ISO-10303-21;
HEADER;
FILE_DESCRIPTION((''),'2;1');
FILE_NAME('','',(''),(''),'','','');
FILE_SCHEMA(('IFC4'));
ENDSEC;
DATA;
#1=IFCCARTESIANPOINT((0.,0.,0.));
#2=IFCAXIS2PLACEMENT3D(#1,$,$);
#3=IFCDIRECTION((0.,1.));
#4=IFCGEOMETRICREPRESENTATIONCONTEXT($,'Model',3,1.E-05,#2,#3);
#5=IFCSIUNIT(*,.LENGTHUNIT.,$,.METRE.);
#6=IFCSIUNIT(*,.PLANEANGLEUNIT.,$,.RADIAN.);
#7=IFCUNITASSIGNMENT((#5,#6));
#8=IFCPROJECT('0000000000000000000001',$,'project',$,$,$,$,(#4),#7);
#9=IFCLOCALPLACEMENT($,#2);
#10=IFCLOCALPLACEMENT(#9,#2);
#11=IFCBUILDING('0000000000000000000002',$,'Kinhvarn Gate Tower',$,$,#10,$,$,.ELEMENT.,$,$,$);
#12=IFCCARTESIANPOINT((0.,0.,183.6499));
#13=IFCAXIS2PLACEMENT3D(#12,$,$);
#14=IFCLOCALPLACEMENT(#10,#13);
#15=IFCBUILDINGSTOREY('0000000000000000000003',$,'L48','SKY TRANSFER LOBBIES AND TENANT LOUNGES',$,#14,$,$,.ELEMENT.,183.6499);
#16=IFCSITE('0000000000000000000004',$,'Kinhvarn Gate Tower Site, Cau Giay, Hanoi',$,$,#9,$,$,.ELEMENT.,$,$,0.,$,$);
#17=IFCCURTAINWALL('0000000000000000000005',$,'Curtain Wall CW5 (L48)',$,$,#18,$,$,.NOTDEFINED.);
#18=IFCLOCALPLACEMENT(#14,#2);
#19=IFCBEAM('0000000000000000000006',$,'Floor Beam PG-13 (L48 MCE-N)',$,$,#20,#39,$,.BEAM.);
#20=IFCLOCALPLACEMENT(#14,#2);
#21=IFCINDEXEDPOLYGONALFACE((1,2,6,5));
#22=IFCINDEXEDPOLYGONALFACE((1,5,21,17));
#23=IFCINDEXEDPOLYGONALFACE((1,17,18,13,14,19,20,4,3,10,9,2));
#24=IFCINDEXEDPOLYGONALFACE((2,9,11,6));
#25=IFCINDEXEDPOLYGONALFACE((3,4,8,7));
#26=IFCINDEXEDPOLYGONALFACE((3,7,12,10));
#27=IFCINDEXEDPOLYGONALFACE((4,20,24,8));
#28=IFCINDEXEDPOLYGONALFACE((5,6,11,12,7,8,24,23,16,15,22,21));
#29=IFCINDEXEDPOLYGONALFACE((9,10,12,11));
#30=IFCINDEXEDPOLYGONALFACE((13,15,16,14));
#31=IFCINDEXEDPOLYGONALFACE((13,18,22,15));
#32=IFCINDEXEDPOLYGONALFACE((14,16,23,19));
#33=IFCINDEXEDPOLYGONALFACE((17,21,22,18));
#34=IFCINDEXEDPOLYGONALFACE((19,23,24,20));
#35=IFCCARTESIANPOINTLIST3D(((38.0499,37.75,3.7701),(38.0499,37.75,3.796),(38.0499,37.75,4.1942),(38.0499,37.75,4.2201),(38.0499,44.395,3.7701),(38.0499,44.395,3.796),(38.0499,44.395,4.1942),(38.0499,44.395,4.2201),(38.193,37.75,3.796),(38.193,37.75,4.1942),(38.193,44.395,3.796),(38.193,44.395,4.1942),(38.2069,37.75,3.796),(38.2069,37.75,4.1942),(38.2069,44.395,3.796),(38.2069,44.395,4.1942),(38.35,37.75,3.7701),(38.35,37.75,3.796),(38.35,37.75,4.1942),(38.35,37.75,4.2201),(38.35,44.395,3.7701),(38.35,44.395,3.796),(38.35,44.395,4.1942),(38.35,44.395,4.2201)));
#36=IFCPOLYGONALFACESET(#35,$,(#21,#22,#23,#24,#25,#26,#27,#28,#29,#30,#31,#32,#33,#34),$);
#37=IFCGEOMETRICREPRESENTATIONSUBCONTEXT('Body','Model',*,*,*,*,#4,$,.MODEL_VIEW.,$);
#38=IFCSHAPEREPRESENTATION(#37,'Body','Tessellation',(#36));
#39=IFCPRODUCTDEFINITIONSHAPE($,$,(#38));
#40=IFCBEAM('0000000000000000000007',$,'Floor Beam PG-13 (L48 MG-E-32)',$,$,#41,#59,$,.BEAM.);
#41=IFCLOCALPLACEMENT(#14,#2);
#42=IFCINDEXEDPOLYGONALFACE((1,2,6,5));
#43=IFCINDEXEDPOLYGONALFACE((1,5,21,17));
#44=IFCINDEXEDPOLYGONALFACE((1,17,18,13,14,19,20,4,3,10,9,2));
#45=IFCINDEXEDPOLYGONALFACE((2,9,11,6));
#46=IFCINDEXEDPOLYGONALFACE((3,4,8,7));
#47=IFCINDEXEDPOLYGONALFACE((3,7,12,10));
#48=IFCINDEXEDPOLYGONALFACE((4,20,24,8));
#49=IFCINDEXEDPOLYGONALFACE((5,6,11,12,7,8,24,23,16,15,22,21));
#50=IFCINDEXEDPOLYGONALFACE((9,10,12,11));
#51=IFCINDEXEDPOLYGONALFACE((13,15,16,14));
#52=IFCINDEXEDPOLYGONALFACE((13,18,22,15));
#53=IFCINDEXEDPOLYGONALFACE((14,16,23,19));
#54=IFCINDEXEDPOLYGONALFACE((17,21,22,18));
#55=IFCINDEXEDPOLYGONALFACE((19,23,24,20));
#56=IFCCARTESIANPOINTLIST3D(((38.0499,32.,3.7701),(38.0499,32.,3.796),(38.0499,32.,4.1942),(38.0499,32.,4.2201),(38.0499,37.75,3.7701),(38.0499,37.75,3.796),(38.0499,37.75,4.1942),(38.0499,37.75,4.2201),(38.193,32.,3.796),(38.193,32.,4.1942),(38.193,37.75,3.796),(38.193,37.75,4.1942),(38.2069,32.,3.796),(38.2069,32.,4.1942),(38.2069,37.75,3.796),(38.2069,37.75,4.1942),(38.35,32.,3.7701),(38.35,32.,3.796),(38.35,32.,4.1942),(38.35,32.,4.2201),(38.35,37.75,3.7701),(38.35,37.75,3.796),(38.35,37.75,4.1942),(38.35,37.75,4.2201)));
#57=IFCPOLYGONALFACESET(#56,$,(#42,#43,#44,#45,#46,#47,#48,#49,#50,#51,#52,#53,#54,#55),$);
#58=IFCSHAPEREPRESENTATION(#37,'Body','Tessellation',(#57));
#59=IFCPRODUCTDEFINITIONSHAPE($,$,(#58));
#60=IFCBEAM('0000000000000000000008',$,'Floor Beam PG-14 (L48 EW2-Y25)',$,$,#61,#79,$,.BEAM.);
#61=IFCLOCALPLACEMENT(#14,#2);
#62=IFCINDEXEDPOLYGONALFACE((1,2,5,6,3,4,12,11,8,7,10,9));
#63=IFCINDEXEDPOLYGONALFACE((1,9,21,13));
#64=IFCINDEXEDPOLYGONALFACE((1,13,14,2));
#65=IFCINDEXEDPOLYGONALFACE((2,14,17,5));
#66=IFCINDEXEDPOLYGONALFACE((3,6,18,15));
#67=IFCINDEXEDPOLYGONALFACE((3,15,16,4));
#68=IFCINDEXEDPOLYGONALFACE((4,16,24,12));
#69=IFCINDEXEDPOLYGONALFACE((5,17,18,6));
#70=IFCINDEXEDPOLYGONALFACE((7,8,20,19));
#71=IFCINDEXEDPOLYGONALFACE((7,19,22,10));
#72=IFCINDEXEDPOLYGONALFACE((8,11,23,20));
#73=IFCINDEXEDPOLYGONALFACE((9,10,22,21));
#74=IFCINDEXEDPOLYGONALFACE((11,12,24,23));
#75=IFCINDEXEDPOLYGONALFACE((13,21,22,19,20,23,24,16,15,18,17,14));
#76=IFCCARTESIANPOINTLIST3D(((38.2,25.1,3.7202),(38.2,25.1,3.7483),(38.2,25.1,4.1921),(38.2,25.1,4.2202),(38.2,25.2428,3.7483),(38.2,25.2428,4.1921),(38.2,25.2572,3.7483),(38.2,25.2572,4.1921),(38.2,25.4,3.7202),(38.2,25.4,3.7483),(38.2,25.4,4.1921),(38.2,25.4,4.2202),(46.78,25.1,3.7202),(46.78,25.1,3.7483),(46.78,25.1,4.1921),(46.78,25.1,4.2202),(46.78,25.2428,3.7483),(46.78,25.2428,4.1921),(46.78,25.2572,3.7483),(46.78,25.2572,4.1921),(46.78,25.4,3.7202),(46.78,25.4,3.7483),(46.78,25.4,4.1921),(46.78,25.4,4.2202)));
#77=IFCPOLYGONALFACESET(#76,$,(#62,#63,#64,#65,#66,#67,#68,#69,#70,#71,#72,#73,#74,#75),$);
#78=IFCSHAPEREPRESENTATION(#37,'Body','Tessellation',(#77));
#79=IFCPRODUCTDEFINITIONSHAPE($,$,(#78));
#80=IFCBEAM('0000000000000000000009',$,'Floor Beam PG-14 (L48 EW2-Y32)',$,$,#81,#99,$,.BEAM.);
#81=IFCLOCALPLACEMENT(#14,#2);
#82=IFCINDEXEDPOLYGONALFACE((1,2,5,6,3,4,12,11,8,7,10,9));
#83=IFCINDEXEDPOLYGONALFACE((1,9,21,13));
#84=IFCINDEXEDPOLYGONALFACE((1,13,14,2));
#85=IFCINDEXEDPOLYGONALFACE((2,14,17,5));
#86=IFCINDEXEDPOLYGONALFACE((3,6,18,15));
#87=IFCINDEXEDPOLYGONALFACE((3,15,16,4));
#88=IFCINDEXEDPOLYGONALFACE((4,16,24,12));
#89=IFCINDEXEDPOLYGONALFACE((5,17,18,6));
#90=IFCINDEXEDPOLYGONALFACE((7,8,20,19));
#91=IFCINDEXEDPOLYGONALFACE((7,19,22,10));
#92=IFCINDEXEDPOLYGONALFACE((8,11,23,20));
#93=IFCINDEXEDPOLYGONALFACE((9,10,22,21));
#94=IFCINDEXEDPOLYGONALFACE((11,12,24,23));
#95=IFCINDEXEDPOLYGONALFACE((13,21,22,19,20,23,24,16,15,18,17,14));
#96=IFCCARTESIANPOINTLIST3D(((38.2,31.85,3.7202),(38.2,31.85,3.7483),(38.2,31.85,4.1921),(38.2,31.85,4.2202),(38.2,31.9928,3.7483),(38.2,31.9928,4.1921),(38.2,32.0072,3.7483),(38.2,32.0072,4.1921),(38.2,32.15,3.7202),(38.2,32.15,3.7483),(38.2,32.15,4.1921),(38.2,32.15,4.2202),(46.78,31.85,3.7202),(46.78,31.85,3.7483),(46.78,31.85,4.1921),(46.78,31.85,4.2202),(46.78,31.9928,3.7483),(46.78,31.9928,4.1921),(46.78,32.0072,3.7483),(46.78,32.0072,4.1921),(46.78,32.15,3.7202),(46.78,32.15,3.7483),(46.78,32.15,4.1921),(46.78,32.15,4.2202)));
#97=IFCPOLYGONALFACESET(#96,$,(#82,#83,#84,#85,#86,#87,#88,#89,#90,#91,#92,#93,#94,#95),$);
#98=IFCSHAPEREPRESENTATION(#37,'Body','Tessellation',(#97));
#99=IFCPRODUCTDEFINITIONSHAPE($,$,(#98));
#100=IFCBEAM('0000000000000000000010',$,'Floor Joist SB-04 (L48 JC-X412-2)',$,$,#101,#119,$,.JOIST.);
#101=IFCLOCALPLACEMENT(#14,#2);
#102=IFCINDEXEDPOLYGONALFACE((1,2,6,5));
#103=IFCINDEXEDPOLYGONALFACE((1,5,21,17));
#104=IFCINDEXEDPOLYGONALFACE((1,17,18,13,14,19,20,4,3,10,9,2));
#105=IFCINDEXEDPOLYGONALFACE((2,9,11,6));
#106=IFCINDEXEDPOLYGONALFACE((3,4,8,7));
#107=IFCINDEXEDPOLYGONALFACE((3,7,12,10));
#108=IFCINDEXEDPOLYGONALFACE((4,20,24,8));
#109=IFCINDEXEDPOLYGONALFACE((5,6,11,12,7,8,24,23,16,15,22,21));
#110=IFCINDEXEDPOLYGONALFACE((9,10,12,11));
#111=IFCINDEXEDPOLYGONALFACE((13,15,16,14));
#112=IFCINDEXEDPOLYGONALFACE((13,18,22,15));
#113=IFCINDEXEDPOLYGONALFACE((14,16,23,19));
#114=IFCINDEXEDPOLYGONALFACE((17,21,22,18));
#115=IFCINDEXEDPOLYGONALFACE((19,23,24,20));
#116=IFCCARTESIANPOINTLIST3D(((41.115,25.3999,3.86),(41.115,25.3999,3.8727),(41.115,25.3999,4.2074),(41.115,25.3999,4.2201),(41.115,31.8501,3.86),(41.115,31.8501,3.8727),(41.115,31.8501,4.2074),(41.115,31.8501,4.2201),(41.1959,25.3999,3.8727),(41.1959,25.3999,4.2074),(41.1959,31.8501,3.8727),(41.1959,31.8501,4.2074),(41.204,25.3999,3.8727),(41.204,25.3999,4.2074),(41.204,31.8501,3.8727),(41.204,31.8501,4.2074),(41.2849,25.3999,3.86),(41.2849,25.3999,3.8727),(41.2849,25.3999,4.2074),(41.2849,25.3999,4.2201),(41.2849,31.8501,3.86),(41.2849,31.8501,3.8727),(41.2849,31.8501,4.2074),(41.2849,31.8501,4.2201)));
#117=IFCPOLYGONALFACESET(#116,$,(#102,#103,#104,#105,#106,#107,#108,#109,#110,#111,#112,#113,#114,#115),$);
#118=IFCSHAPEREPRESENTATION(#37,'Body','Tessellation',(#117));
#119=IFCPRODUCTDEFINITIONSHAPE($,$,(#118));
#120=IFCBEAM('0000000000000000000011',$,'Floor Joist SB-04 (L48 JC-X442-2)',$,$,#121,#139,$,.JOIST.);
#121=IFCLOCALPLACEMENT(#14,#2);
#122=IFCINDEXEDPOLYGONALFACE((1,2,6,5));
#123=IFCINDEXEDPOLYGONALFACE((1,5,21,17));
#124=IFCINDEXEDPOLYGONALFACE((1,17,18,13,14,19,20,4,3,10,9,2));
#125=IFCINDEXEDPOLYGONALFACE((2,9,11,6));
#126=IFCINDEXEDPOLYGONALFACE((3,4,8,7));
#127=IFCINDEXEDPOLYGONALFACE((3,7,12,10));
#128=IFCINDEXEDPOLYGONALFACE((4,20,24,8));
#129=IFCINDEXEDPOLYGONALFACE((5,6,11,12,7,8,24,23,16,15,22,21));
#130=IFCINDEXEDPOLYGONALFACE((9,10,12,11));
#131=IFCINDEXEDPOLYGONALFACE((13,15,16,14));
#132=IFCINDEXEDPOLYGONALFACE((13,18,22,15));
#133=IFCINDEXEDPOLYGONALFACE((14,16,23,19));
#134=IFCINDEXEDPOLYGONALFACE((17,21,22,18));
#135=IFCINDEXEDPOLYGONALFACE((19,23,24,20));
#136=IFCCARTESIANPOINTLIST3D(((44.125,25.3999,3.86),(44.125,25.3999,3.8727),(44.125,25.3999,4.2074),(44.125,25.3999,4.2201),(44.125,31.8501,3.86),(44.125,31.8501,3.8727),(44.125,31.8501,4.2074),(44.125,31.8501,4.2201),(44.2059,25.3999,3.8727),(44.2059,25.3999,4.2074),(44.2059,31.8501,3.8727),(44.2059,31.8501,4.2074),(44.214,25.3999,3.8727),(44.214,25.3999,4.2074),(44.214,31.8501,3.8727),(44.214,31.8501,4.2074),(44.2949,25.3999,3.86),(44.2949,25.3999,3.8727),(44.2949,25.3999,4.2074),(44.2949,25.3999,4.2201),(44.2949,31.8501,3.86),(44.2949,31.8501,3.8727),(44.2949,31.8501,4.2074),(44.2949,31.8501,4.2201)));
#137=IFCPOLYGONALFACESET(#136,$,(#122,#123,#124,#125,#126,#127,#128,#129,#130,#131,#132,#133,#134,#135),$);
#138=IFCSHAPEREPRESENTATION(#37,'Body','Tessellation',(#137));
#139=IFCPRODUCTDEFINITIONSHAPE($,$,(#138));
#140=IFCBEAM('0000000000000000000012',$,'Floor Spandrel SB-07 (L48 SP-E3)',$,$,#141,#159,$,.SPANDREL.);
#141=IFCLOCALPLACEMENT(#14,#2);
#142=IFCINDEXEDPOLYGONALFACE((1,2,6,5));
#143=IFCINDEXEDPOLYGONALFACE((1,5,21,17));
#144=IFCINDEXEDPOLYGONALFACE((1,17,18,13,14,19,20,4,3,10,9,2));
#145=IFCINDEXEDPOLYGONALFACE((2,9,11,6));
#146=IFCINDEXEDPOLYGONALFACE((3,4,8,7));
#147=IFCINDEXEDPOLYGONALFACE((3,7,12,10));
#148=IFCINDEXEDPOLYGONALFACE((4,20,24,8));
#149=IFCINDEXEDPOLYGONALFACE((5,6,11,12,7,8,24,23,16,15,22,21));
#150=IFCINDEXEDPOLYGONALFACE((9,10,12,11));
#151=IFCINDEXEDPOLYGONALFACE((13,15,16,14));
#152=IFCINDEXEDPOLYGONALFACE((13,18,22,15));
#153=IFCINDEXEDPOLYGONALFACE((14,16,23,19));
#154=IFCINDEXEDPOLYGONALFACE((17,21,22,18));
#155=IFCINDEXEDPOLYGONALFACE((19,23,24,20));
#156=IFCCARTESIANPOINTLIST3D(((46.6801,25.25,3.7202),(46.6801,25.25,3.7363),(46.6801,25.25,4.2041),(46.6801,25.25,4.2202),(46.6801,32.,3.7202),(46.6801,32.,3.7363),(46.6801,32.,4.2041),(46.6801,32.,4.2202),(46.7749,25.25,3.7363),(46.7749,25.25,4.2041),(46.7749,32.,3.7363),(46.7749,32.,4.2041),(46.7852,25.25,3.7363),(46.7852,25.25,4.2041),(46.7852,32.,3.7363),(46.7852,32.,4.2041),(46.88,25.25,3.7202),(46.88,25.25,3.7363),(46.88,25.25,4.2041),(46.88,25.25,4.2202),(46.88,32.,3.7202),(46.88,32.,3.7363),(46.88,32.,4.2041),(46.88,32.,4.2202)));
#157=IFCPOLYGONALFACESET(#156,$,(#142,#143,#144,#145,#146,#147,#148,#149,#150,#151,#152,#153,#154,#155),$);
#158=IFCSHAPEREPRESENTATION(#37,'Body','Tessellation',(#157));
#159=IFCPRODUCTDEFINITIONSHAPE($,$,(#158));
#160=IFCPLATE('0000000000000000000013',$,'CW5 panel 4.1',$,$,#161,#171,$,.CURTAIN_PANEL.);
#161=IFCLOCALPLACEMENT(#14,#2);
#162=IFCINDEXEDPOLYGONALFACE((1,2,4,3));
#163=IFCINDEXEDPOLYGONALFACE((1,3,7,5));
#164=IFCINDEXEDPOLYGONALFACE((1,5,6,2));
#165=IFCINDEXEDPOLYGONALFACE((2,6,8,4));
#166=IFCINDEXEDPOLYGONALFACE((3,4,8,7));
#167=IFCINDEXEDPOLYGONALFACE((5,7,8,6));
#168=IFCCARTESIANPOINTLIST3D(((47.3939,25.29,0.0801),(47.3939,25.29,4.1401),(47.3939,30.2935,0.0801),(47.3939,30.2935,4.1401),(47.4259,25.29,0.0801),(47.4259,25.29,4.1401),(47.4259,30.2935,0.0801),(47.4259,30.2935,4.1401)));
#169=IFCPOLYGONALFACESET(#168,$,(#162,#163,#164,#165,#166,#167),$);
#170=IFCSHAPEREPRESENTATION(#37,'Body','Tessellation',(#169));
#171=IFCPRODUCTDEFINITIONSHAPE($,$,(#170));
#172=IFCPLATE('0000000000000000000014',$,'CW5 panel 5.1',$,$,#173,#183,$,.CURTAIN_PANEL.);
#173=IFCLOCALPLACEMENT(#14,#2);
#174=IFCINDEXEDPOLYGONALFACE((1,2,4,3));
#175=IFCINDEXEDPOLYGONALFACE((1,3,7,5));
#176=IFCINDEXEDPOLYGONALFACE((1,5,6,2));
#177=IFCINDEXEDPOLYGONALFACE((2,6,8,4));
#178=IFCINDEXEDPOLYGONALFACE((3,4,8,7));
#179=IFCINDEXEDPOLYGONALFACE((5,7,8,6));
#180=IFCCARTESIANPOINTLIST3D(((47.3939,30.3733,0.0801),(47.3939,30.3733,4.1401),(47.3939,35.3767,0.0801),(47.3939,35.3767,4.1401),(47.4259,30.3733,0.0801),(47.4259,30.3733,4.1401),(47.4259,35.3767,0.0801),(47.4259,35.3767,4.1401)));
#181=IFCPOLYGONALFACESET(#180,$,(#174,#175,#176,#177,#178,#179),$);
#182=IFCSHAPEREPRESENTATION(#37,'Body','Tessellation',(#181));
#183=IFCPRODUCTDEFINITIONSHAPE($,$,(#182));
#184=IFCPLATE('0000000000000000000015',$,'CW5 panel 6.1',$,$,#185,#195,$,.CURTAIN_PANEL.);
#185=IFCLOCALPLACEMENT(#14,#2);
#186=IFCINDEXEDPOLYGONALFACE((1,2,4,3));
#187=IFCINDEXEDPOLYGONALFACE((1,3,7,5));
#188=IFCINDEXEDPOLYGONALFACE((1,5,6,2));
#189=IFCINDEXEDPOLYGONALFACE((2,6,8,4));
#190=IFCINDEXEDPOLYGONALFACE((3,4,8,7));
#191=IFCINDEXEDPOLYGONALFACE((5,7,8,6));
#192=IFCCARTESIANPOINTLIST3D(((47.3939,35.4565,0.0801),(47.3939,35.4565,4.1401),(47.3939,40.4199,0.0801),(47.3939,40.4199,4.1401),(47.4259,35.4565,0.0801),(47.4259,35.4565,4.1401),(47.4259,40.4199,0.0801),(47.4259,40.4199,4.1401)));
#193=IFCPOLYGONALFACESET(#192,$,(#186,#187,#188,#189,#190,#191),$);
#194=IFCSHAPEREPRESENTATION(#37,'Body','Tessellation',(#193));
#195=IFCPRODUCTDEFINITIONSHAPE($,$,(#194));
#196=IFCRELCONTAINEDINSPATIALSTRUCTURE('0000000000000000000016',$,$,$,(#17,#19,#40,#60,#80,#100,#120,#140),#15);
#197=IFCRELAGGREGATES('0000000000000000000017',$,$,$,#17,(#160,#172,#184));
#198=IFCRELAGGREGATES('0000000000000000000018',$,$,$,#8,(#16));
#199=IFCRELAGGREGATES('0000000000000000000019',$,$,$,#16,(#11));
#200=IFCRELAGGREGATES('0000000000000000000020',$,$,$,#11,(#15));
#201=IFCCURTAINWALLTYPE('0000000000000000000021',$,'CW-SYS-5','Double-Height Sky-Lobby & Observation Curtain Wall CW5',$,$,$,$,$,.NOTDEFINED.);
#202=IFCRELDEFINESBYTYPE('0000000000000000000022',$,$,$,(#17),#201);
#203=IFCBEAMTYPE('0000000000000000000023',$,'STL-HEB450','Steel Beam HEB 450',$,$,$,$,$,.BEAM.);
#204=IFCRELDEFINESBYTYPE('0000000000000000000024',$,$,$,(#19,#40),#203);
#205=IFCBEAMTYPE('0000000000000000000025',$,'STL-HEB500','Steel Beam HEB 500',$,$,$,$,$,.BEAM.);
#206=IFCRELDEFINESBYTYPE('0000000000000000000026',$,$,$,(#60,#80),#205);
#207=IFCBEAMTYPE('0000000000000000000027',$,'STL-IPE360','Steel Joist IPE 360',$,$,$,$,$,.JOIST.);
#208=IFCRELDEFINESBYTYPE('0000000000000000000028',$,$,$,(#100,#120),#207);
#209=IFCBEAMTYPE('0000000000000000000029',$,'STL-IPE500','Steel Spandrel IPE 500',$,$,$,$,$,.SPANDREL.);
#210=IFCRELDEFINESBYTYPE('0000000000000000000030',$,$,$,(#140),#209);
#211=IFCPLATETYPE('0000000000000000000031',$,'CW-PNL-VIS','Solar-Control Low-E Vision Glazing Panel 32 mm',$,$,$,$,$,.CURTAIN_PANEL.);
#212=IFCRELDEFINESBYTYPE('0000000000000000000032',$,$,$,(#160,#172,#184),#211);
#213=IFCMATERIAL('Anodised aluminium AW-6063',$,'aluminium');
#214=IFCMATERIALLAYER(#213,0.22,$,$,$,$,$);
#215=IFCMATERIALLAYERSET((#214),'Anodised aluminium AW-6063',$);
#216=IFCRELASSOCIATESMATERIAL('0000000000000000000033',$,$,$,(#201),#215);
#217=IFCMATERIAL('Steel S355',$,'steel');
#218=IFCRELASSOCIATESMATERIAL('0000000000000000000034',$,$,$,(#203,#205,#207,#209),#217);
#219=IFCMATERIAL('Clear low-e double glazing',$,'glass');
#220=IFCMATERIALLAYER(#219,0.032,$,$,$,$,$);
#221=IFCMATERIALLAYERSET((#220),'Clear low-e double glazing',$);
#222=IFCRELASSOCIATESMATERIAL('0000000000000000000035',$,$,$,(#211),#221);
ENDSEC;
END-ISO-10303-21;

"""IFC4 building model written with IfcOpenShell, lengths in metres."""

from ifc_helpers import new_model, si_unit, direction, frame, origin, origin_2d, place, context, subcontext, project, spatial, rectangle, i_section, extrude, material, layer, layer_set, material_profile, profile_set, type_object, element, aggregate, save


model = new_model("IFC4")

# Units and contexts
model_context = context("Model", 3, precision=1e-05, world=origin(), true_north=direction((0.0, 1.0)))
body_context = subcontext(model_context, "Body", "Model", "MODEL_VIEW")
ifc_project = project(units=[si_unit("LENGTHUNIT", "METRE"), si_unit("PLANEANGLEUNIT", "RADIAN")], contexts=[model_context])

# Site, building, storey
site_placement = place(None, origin())
site = spatial("IfcSite", under=ifc_project, at=site_placement, Name="Kinhvarn Gate Tower Site, Cau Giay, Hanoi", CompositionType="ELEMENT", RefElevation=0.0)
building_placement = place(site_placement, origin())
building = spatial("IfcBuilding", under=site, at=building_placement, Name="Kinhvarn Gate Tower", CompositionType="ELEMENT")
storey_placement = place(building_placement, frame((0.0, 0.0, 183.6499)))
storey = spatial("IfcBuildingStorey", under=building, at=storey_placement, Name="L48", Description="SKY TRANSFER LOBBIES AND TENANT LOUNGES", CompositionType="ELEMENT", Elevation=183.6499)

# Curtain wall
ifc_material_1 = material(Name="Anodised aluminium AW-6063", Category="aluminium")
ifc_layer_1 = layer(ifc_material_1, 0.22)
ifc_layer_set_1 = layer_set([ifc_layer_1], Name="Anodised aluminium AW-6063")
curtain_wall_type = type_object("IfcCurtainWallType", Name="CW-SYS-5", Description="Double-Height Sky-Lobby & Observation Curtain Wall CW5", PredefinedType="NOTDEFINED", material=ifc_layer_set_1)
curtain_wall_placement = place(storey_placement, origin())
curtain_wall = element("IfcCurtainWall", 1, at=curtain_wall_placement, inside=storey, type_object=curtain_wall_type, Name="Curtain Wall CW5 (L48)", PredefinedType="NOTDEFINED")

# Beams
ifc_material_2 = material(Name="Steel S355", Category="steel")
ifc_material_profile_1 = material_profile(ifc_material_2, i_section(OverallWidth=0.3, OverallDepth=0.45, WebThickness=0.0139, FlangeThickness=0.0259, at=origin_2d()), Name="HEB 450")
ifc_profile_set_1 = profile_set([ifc_material_profile_1], Name="Steel S355")
beam_type_1 = type_object("IfcBeamType", Name="STL-HEB450", Description="Steel Beam HEB 450", PredefinedType="BEAM", material=ifc_profile_set_1)
beam_1_placement = place(storey_placement, frame((38.2, 37.75, 3.9951), z_axis=(0.0, 1.0, 0.0), x_axis=(-1.0, 0.0, 0.0)))
element("IfcBeam", 2, at=beam_1_placement, inside=storey, type_object=beam_type_1, Name="Floor Beam PG-13 (L48 MCE-N)", PredefinedType="BEAM", context=body_context, shape_type="SweptSolid", body=[
    extrude(i_section(OverallWidth=0.3, OverallDepth=0.45, WebThickness=0.0139, FlangeThickness=0.0259, at=origin_2d()), origin(), (0.0, 0.0, 1.0), 6.645),
])
beam_2_placement = place(storey_placement, frame((38.2, 32.0, 3.9951), z_axis=(0.0, 1.0, 0.0), x_axis=(-1.0, 0.0, 0.0)))
element("IfcBeam", 3, at=beam_2_placement, inside=storey, type_object=beam_type_1, Name="Floor Beam PG-13 (L48 MG-E-32)", PredefinedType="BEAM", context=body_context, shape_type="SweptSolid", body=[
    extrude(i_section(OverallWidth=0.3, OverallDepth=0.45, WebThickness=0.0139, FlangeThickness=0.0259, at=origin_2d()), origin(), (0.0, 0.0, 1.0), 5.75),
])
ifc_material_profile_2 = material_profile(ifc_material_2, i_section(OverallWidth=0.3, OverallDepth=0.5, WebThickness=0.0144, FlangeThickness=0.0281, at=origin_2d()), Name="HEB 500")
ifc_profile_set_2 = profile_set([ifc_material_profile_2], Name="Steel S355")
beam_type_2 = type_object("IfcBeamType", Name="STL-HEB500", Description="Steel Beam HEB 500", PredefinedType="BEAM", material=ifc_profile_set_2)
for number, where, z_axis, x_axis, name in (
    (4, (38.2, 25.25, 3.9702), (1.0, 0.0, 0.0), (0.0, 1.0, 0.0), "Floor Beam PG-14 (L48 EW2-Y25)"),
    (5, (38.2, 32.0, 3.9702), (1.0, 0.0, 0.0), (0.0, 1.0, 0.0), "Floor Beam PG-14 (L48 EW2-Y32)"),
):
    element("IfcBeam", number, at=place(storey_placement, frame(where, z_axis=z_axis, x_axis=x_axis)), inside=storey, type_object=beam_type_2, Name=name, PredefinedType="BEAM", context=body_context, shape_type="SweptSolid", body=[
        extrude(i_section(OverallWidth=0.3, OverallDepth=0.5, WebThickness=0.0144, FlangeThickness=0.0281, at=origin_2d()), origin(), (0.0, 0.0, 1.0), 8.5801),
    ])
ifc_material_profile_3 = material_profile(ifc_material_2, i_section(OverallWidth=0.1699, OverallDepth=0.3601, WebThickness=0.0081, FlangeThickness=0.0127, at=origin_2d()), Name="IPE 360")
ifc_profile_set_3 = profile_set([ifc_material_profile_3], Name="Steel S355")
beam_type_3 = type_object("IfcBeamType", Name="STL-IPE360", Description="Steel Joist IPE 360", PredefinedType="JOIST", material=ifc_profile_set_3)
for number, where, z_axis, x_axis, name in (
    (6, (41.2, 25.3999, 4.04), (0.0, 1.0, 0.0), (-1.0, 0.0, 0.0), "Floor Joist SB-04 (L48 JC-X412-2)"),
    (7, (44.21, 25.3999, 4.04), (0.0, 1.0, 0.0), (-1.0, 0.0, 0.0), "Floor Joist SB-04 (L48 JC-X442-2)"),
):
    element("IfcBeam", number, at=place(storey_placement, frame(where, z_axis=z_axis, x_axis=x_axis)), inside=storey, type_object=beam_type_3, Name=name, PredefinedType="JOIST", context=body_context, shape_type="SweptSolid", body=[
        extrude(i_section(OverallWidth=0.1699, OverallDepth=0.3601, WebThickness=0.0081, FlangeThickness=0.0127, at=origin_2d()), origin(), (0.0, 0.0, 1.0), 6.4502),
    ])
ifc_material_profile_4 = material_profile(ifc_material_2, i_section(OverallWidth=0.2, OverallDepth=0.5, WebThickness=0.0103, FlangeThickness=0.0161, at=origin_2d()), Name="IPE 500")
ifc_profile_set_4 = profile_set([ifc_material_profile_4], Name="Steel S355")
beam_type_4 = type_object("IfcBeamType", Name="STL-IPE500", Description="Steel Spandrel IPE 500", PredefinedType="SPANDREL", material=ifc_profile_set_4)
beam_3_placement = place(storey_placement, frame((46.78, 25.25, 3.9702), z_axis=(0.0, 1.0, 0.0), x_axis=(-1.0, 0.0, 0.0)))
element("IfcBeam", 8, at=beam_3_placement, inside=storey, type_object=beam_type_4, Name="Floor Spandrel SB-07 (L48 SP-E3)", PredefinedType="SPANDREL", context=body_context, shape_type="SweptSolid", body=[
    extrude(i_section(OverallWidth=0.2, OverallDepth=0.5, WebThickness=0.0103, FlangeThickness=0.0161, at=origin_2d()), origin(), (0.0, 0.0, 1.0), 6.75),
])

# Plates
ifc_material_3 = material(Name="Clear low-e double glazing", Category="glass")
ifc_layer_2 = layer(ifc_material_3, 0.032)
ifc_layer_set_2 = layer_set([ifc_layer_2], Name="Clear low-e double glazing")
plate_type = type_object("IfcPlateType", Name="CW-PNL-VIS", Description="Solar-Control Low-E Vision Glazing Panel 32 mm", PredefinedType="CURTAIN_PANEL", material=ifc_layer_set_2)
plate_1_placement = place(storey_placement, frame((47.4099, 27.7917, 0.0801), z_axis=(0.0, 0.0, 1.0), x_axis=(0.0, 1.0, 0.0)))
plate_1 = element("IfcPlate", 9, at=plate_1_placement, type_object=plate_type, Name="CW5 panel 4.1", PredefinedType="CURTAIN_PANEL", context=body_context, shape_type="SweptSolid", body=[
    extrude(rectangle(XDim=5.0034, YDim=0.032, at=origin_2d()), origin(), (0.0, 0.0, 1.0), 4.0601),
])
plate_2_placement = place(storey_placement, frame((47.4099, 32.875, 0.0801), z_axis=(0.0, 0.0, 1.0), x_axis=(0.0, 1.0, 0.0)))
plate_2 = element("IfcPlate", 10, at=plate_2_placement, type_object=plate_type, Name="CW5 panel 5.1", PredefinedType="CURTAIN_PANEL", context=body_context, shape_type="SweptSolid", body=[
    extrude(rectangle(XDim=5.0034, YDim=0.032, at=origin_2d()), origin(), (0.0, 0.0, 1.0), 4.0601),
])
plate_3_placement = place(storey_placement, frame((47.4099, 37.9382, 0.0801), z_axis=(0.0, 0.0, 1.0), x_axis=(0.0, 1.0, 0.0)))
plate_3 = element("IfcPlate", 11, at=plate_3_placement, type_object=plate_type, Name="CW5 panel 6.1", PredefinedType="CURTAIN_PANEL", context=body_context, shape_type="SweptSolid", body=[
    extrude(rectangle(XDim=4.9634, YDim=0.032, at=origin_2d()), origin(), (0.0, 0.0, 1.0), 4.0601),
])
aggregate(curtain_wall, [plate_1, plate_2, plate_3])

save(model, "model.ifc")
